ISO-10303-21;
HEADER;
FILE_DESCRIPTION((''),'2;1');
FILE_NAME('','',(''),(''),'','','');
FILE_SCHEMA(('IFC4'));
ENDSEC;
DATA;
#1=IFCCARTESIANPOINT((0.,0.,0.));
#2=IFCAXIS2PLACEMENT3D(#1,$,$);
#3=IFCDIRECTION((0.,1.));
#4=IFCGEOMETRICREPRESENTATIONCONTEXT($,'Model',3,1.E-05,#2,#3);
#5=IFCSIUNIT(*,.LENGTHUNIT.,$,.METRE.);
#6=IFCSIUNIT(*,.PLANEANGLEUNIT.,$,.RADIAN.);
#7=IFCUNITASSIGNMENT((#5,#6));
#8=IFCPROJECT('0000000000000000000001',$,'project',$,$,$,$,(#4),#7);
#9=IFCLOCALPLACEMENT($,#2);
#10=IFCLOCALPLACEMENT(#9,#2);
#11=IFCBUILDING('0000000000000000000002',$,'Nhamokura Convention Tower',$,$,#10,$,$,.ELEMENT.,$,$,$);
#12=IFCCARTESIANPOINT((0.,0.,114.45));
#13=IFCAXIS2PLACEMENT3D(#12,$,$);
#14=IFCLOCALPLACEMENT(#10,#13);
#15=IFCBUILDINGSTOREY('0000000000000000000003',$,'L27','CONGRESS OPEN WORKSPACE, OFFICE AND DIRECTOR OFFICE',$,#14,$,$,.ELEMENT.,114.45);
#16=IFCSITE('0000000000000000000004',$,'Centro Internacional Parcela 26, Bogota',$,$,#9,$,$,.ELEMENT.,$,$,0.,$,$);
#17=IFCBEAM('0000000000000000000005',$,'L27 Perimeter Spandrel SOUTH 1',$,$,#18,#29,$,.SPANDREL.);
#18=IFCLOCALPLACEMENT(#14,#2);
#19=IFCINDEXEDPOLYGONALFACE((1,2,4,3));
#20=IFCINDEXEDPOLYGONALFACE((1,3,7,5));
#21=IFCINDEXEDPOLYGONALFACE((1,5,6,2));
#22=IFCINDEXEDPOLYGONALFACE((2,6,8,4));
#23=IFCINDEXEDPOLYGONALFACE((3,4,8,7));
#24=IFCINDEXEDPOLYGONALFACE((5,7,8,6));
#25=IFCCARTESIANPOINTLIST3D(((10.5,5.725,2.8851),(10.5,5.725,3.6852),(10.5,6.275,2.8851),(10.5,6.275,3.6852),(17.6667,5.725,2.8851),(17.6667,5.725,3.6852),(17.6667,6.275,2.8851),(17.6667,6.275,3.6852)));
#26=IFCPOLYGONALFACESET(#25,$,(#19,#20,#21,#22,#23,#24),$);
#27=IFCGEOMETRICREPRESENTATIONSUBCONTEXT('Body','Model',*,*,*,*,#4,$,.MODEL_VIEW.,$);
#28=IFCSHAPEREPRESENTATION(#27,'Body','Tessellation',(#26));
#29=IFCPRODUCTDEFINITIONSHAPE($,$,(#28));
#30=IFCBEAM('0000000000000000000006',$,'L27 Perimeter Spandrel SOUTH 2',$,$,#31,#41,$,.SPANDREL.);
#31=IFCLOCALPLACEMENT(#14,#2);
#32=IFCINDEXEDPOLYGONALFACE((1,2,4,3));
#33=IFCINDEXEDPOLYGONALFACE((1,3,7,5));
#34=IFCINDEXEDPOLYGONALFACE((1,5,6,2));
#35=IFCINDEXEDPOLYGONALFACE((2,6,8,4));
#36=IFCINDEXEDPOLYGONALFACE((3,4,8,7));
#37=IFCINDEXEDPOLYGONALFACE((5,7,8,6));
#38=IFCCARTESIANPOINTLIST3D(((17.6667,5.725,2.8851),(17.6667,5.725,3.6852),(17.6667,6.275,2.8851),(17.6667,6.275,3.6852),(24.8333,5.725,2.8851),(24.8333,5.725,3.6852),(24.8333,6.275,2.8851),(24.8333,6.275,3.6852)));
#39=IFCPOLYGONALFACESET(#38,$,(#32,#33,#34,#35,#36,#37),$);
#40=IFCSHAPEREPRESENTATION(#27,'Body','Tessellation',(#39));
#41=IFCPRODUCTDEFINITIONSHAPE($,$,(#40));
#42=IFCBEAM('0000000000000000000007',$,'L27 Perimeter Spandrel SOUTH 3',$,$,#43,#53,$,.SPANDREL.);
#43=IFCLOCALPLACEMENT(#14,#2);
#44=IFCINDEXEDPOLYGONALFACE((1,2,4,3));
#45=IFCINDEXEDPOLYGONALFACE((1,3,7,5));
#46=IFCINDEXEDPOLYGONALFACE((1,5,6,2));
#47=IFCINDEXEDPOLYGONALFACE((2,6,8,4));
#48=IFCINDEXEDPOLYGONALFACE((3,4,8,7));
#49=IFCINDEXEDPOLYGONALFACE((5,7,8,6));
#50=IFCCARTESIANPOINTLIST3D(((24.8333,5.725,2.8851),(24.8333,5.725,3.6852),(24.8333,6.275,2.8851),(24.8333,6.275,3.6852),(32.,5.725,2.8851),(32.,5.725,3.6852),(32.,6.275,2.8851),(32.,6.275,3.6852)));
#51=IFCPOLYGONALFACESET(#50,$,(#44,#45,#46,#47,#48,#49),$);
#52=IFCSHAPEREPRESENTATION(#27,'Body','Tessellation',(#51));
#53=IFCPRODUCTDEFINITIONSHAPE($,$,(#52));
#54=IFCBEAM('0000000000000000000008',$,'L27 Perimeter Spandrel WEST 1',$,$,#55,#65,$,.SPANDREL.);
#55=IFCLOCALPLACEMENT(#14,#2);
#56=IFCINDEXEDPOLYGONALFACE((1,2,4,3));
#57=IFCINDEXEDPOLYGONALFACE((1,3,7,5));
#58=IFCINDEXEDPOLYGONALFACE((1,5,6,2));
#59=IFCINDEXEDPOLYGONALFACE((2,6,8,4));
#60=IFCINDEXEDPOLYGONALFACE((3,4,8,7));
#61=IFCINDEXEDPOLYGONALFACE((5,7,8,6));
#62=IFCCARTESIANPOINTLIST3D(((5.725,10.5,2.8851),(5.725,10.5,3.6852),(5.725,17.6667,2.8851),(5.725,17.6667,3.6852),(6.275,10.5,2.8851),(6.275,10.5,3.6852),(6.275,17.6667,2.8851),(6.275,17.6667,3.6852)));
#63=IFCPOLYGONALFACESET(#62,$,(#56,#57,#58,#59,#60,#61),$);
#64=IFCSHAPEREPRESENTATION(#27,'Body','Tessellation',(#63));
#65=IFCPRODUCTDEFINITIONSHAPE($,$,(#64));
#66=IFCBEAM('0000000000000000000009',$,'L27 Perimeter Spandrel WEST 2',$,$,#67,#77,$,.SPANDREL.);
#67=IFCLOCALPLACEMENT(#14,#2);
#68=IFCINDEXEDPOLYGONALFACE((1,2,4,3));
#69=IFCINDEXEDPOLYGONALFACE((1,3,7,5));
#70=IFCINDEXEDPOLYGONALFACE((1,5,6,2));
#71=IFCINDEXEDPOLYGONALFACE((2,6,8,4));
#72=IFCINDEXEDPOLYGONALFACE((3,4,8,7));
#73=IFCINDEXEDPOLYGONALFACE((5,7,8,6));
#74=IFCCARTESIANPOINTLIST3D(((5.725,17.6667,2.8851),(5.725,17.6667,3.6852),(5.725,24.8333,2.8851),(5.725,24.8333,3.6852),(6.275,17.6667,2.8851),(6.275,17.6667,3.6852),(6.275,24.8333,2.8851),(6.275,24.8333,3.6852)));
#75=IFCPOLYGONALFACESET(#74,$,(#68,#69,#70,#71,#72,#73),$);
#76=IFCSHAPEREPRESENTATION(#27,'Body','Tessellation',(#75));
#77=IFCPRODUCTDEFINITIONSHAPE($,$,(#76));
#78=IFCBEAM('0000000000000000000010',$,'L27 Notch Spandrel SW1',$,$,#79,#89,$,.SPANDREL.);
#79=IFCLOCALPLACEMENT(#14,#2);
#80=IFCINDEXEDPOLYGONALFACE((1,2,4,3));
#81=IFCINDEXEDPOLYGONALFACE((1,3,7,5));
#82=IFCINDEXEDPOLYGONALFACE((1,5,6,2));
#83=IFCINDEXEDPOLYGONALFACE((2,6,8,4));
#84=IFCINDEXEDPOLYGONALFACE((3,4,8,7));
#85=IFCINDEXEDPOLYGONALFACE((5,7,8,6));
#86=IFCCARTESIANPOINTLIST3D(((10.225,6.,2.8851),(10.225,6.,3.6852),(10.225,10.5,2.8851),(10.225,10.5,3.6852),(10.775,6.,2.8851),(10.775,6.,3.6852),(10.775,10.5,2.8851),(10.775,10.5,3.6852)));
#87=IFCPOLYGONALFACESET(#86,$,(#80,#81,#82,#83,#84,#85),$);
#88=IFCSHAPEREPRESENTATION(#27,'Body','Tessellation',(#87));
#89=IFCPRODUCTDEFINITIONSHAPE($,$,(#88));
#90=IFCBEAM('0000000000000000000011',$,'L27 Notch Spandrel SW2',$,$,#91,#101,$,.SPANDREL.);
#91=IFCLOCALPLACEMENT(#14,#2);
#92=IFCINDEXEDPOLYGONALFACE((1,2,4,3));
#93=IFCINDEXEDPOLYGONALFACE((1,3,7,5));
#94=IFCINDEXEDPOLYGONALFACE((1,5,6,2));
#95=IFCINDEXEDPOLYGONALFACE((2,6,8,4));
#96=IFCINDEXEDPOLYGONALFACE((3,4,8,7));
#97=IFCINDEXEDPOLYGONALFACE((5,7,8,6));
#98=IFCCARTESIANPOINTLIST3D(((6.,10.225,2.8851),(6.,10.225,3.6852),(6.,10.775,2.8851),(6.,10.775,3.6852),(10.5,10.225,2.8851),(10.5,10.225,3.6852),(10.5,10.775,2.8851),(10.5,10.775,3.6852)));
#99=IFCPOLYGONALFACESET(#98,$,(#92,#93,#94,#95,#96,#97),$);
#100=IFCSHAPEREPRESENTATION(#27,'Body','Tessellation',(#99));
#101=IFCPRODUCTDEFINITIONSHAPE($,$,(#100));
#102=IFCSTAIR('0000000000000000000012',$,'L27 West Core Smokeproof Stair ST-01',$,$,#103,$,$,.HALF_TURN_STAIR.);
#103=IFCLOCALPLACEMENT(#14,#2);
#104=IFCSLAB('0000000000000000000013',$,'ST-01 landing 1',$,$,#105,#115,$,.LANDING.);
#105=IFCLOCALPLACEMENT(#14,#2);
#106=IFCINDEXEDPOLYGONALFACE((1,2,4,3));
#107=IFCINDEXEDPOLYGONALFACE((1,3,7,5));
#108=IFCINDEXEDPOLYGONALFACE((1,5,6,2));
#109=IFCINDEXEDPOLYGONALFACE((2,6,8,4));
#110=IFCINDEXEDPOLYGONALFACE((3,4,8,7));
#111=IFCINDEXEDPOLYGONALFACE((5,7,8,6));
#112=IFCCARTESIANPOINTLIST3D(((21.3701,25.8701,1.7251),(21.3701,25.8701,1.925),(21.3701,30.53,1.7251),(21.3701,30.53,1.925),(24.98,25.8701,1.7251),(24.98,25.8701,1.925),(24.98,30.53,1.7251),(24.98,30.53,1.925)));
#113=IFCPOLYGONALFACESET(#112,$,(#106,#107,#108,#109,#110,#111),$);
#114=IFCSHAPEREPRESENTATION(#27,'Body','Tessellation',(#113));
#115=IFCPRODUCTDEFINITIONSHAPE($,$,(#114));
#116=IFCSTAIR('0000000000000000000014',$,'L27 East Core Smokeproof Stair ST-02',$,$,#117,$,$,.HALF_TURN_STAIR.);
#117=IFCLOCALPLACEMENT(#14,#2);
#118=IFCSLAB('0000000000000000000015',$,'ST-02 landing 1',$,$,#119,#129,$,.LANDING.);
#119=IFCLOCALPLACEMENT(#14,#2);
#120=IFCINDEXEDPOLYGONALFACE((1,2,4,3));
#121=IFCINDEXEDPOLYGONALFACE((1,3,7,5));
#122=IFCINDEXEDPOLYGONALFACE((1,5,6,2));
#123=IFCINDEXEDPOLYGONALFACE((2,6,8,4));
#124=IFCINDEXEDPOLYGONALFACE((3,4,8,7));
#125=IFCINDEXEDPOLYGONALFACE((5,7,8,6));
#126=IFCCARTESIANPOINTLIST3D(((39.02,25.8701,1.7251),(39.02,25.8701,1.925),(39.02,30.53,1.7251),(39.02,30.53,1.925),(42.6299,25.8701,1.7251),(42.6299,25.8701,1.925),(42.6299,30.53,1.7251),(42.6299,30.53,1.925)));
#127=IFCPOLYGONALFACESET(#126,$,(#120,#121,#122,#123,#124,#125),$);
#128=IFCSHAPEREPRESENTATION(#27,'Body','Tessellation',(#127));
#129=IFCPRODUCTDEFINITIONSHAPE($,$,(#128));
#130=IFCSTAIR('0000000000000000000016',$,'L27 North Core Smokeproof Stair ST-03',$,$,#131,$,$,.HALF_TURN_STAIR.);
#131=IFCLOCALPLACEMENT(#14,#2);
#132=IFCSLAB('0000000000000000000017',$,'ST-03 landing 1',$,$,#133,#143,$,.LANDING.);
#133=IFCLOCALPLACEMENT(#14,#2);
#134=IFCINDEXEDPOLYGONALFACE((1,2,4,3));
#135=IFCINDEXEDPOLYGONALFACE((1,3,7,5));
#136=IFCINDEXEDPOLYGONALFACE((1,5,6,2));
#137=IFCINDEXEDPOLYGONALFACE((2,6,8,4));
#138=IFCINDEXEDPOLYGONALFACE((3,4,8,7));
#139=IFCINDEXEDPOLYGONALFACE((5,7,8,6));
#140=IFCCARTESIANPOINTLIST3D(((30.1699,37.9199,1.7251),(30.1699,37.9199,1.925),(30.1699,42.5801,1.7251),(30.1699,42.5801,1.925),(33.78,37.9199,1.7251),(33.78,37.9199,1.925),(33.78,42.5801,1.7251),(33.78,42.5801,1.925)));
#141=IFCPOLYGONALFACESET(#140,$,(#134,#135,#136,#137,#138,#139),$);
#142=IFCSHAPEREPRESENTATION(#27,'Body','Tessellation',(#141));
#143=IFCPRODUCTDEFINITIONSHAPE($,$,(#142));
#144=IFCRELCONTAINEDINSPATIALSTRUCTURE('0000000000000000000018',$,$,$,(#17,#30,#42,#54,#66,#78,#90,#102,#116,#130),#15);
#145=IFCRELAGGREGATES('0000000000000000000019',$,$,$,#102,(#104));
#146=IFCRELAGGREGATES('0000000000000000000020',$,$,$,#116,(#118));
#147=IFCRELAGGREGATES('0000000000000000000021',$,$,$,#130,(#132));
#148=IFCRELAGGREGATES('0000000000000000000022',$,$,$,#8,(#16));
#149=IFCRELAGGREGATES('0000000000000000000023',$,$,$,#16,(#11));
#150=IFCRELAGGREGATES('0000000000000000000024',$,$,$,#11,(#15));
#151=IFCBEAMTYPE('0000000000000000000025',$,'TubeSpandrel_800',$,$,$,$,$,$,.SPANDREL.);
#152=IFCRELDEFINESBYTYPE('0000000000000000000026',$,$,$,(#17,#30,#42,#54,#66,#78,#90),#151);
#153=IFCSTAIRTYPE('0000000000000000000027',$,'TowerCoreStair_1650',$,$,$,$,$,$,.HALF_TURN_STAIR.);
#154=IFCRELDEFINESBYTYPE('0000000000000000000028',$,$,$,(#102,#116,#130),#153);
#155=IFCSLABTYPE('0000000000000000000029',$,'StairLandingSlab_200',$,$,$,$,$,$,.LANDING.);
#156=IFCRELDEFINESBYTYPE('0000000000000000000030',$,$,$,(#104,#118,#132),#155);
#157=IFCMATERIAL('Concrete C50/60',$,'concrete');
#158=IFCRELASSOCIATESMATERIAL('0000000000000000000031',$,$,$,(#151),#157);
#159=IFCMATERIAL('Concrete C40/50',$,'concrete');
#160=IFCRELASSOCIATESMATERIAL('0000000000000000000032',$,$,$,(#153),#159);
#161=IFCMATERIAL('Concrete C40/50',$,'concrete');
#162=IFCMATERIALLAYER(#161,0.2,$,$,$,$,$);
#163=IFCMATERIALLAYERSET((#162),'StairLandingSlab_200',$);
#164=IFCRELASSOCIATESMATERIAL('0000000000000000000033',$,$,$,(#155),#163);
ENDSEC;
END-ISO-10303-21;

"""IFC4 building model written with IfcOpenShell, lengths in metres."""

from ifc_helpers import new_model, si_unit, direction, frame, origin, origin_2d, place, context, subcontext, project, spatial, polyline, rectangle, outline, extrude, material, layer, layer_set, material_profile, profile_set, type_object, element, aggregate, save


model = new_model("IFC4")

# Units and contexts
model_context = context("Model", 3, precision=1e-05, world=origin(), true_north=direction((0.0, 1.0)))
body_context = subcontext(model_context, "Body", "Model", "MODEL_VIEW")
ifc_project = project(units=[si_unit("LENGTHUNIT", "METRE"), si_unit("PLANEANGLEUNIT", "RADIAN")], contexts=[model_context])

# Site, building, storey
site_placement = place(None, origin())
site = spatial("IfcSite", under=ifc_project, at=site_placement, Name="Centro Internacional Parcela 26, Bogota", CompositionType="ELEMENT", RefElevation=0.0)
building_placement = place(site_placement, origin())
building = spatial("IfcBuilding", under=site, at=building_placement, Name="Nhamokura Convention Tower", CompositionType="ELEMENT")
storey_placement = place(building_placement, frame((0.0, 0.0, 114.45)))
storey = spatial("IfcBuildingStorey", under=building, at=storey_placement, Name="L27", Description="CONGRESS OPEN WORKSPACE, OFFICE AND DIRECTOR OFFICE", CompositionType="ELEMENT", Elevation=114.45)

# Beams
ifc_material_1 = material(Name="Concrete C50/60", Category="concrete")
ifc_material_profile_1 = material_profile(ifc_material_1, rectangle(XDim=0.55, YDim=0.8, at=origin_2d()))
ifc_profile_set_1 = profile_set([ifc_material_profile_1], Name="Concrete C50/60")
beam_type_1 = type_object("IfcBeamType", Name="TubeSpandrel_800", PredefinedType="SPANDREL", material=ifc_profile_set_1)
beam_1_placement = place(storey_placement, frame((10.5, 6.0, 3.2852), z_axis=(1.0, 0.0, 0.0), x_axis=(0.0, 1.0, 0.0)))
element("IfcBeam", 1, at=beam_1_placement, inside=storey, type_object=beam_type_1, Name="L27 Perimeter Spandrel SOUTH 1", PredefinedType="SPANDREL", context=body_context, shape_type="SweptSolid", body=[
    extrude(rectangle(XDim=0.55, YDim=0.8, at=origin_2d()), origin(), (0.0, 0.0, 1.0), 7.1667),
])
beam_2_placement = place(storey_placement, frame((17.6667, 6.0, 3.2852), z_axis=(1.0, 0.0, 0.0), x_axis=(0.0, 1.0, 0.0)))
element("IfcBeam", 2, at=beam_2_placement, inside=storey, type_object=beam_type_1, Name="L27 Perimeter Spandrel SOUTH 2", PredefinedType="SPANDREL", context=body_context, shape_type="SweptSolid", body=[
    extrude(rectangle(XDim=0.55, YDim=0.8, at=origin_2d()), origin(), (0.0, 0.0, 1.0), 7.1665),
])
for number, where, z_axis, x_axis, name in (
    (3, (24.8333, 6.0, 3.2852), (1.0, 0.0, 0.0), (0.0, 1.0, 0.0), "L27 Perimeter Spandrel SOUTH 3"),
    (4, (6.0, 10.5, 3.2852), (0.0, 1.0, 0.0), (-1.0, 0.0, 0.0), "L27 Perimeter Spandrel WEST 1"),
):
    element("IfcBeam", number, at=place(storey_placement, frame(where, z_axis=z_axis, x_axis=x_axis)), inside=storey, type_object=beam_type_1, Name=name, PredefinedType="SPANDREL", context=body_context, shape_type="SweptSolid", body=[
        extrude(rectangle(XDim=0.55, YDim=0.8, at=origin_2d()), origin(), (0.0, 0.0, 1.0), 7.1667),
    ])
beam_3_placement = place(storey_placement, frame((6.0, 17.6667, 3.2852), z_axis=(0.0, 1.0, 0.0), x_axis=(-1.0, 0.0, 0.0)))
element("IfcBeam", 5, at=beam_3_placement, inside=storey, type_object=beam_type_1, Name="L27 Perimeter Spandrel WEST 2", PredefinedType="SPANDREL", context=body_context, shape_type="SweptSolid", body=[
    extrude(rectangle(XDim=0.55, YDim=0.8, at=origin_2d()), origin(), (0.0, 0.0, 1.0), 7.1665),
])
for number, where, z_axis, x_axis, name in (
    (6, (10.5, 6.0, 3.2852), (0.0, 1.0, 0.0), (-1.0, 0.0, 0.0), "L27 Notch Spandrel SW1"),
    (7, (10.5, 10.5, 3.2852), (-1.0, 0.0, 0.0), (0.0, -1.0, 0.0), "L27 Notch Spandrel SW2"),
):
    element("IfcBeam", number, at=place(storey_placement, frame(where, z_axis=z_axis, x_axis=x_axis)), inside=storey, type_object=beam_type_1, Name=name, PredefinedType="SPANDREL", context=body_context, shape_type="SweptSolid", body=[
        extrude(rectangle(XDim=0.55, YDim=0.8, at=origin_2d()), origin(), (0.0, 0.0, 1.0), 4.5),
    ])

# Stairs, slabs
ifc_material_2 = material(Name="Concrete C40/50", Category="concrete")
stair_type = type_object("IfcStairType", Name="TowerCoreStair_1650", PredefinedType="HALF_TURN_STAIR", material=ifc_material_2)
stair_1_placement = place(storey_placement, origin())
stair_1 = element("IfcStair", 8, at=stair_1_placement, inside=storey, type_object=stair_type, Name="L27 West Core Smokeproof Stair ST-01", PredefinedType="HALF_TURN_STAIR")
ifc_material_3 = material(Name="Concrete C40/50", Category="concrete")
ifc_layer_1 = layer(ifc_material_3, 0.2)
ifc_layer_set_1 = layer_set([ifc_layer_1], Name="StairLandingSlab_200")
slab_type_1 = type_object("IfcSlabType", Name="StairLandingSlab_200", PredefinedType="LANDING", material=ifc_layer_set_1)
slab_1_placement = place(storey_placement, frame((0.0, 0.0, 1.7251)))
slab_1 = element("IfcSlab", 9, at=slab_1_placement, type_object=slab_type_1, Name="ST-01 landing 1", PredefinedType="LANDING", context=body_context, shape_type="SweptSolid", body=[
    extrude(outline(polyline([(24.98, 25.8701), (24.98, 30.53), (21.3701, 30.53), (21.3701, 25.8701), (24.98, 25.8701)])), origin(), (0.0, 0.0, 1.0), 0.2),
])
aggregate(stair_1, [slab_1])
stair_2_placement = place(storey_placement, origin())
stair_2 = element("IfcStair", 10, at=stair_2_placement, inside=storey, type_object=stair_type, Name="L27 East Core Smokeproof Stair ST-02", PredefinedType="HALF_TURN_STAIR")
slab_2_placement = place(storey_placement, frame((0.0, 0.0, 1.7251)))
slab_2 = element("IfcSlab", 11, at=slab_2_placement, type_object=slab_type_1, Name="ST-02 landing 1", PredefinedType="LANDING", context=body_context, shape_type="SweptSolid", body=[
    extrude(outline(polyline([(42.6299, 25.8701), (42.6299, 30.53), (39.02, 30.53), (39.02, 25.8701), (42.6299, 25.8701)])), origin(), (0.0, 0.0, 1.0), 0.2),
])
aggregate(stair_2, [slab_2])
stair_3_placement = place(storey_placement, origin())
stair_3 = element("IfcStair", 12, at=stair_3_placement, inside=storey, type_object=stair_type, Name="L27 North Core Smokeproof Stair ST-03", PredefinedType="HALF_TURN_STAIR")
slab_3_placement = place(storey_placement, frame((0.0, 0.0, 1.7251)))
slab_3 = element("IfcSlab", 13, at=slab_3_placement, type_object=slab_type_1, Name="ST-03 landing 1", PredefinedType="LANDING", context=body_context, shape_type="SweptSolid", body=[
    extrude(outline(polyline([(33.78, 37.9199), (33.78, 42.5801), (30.1699, 42.5801), (30.1699, 37.9199), (33.78, 37.9199)])), origin(), (0.0, 0.0, 1.0), 0.2),
])
aggregate(stair_3, [slab_3])

save(model, "model.ifc")
